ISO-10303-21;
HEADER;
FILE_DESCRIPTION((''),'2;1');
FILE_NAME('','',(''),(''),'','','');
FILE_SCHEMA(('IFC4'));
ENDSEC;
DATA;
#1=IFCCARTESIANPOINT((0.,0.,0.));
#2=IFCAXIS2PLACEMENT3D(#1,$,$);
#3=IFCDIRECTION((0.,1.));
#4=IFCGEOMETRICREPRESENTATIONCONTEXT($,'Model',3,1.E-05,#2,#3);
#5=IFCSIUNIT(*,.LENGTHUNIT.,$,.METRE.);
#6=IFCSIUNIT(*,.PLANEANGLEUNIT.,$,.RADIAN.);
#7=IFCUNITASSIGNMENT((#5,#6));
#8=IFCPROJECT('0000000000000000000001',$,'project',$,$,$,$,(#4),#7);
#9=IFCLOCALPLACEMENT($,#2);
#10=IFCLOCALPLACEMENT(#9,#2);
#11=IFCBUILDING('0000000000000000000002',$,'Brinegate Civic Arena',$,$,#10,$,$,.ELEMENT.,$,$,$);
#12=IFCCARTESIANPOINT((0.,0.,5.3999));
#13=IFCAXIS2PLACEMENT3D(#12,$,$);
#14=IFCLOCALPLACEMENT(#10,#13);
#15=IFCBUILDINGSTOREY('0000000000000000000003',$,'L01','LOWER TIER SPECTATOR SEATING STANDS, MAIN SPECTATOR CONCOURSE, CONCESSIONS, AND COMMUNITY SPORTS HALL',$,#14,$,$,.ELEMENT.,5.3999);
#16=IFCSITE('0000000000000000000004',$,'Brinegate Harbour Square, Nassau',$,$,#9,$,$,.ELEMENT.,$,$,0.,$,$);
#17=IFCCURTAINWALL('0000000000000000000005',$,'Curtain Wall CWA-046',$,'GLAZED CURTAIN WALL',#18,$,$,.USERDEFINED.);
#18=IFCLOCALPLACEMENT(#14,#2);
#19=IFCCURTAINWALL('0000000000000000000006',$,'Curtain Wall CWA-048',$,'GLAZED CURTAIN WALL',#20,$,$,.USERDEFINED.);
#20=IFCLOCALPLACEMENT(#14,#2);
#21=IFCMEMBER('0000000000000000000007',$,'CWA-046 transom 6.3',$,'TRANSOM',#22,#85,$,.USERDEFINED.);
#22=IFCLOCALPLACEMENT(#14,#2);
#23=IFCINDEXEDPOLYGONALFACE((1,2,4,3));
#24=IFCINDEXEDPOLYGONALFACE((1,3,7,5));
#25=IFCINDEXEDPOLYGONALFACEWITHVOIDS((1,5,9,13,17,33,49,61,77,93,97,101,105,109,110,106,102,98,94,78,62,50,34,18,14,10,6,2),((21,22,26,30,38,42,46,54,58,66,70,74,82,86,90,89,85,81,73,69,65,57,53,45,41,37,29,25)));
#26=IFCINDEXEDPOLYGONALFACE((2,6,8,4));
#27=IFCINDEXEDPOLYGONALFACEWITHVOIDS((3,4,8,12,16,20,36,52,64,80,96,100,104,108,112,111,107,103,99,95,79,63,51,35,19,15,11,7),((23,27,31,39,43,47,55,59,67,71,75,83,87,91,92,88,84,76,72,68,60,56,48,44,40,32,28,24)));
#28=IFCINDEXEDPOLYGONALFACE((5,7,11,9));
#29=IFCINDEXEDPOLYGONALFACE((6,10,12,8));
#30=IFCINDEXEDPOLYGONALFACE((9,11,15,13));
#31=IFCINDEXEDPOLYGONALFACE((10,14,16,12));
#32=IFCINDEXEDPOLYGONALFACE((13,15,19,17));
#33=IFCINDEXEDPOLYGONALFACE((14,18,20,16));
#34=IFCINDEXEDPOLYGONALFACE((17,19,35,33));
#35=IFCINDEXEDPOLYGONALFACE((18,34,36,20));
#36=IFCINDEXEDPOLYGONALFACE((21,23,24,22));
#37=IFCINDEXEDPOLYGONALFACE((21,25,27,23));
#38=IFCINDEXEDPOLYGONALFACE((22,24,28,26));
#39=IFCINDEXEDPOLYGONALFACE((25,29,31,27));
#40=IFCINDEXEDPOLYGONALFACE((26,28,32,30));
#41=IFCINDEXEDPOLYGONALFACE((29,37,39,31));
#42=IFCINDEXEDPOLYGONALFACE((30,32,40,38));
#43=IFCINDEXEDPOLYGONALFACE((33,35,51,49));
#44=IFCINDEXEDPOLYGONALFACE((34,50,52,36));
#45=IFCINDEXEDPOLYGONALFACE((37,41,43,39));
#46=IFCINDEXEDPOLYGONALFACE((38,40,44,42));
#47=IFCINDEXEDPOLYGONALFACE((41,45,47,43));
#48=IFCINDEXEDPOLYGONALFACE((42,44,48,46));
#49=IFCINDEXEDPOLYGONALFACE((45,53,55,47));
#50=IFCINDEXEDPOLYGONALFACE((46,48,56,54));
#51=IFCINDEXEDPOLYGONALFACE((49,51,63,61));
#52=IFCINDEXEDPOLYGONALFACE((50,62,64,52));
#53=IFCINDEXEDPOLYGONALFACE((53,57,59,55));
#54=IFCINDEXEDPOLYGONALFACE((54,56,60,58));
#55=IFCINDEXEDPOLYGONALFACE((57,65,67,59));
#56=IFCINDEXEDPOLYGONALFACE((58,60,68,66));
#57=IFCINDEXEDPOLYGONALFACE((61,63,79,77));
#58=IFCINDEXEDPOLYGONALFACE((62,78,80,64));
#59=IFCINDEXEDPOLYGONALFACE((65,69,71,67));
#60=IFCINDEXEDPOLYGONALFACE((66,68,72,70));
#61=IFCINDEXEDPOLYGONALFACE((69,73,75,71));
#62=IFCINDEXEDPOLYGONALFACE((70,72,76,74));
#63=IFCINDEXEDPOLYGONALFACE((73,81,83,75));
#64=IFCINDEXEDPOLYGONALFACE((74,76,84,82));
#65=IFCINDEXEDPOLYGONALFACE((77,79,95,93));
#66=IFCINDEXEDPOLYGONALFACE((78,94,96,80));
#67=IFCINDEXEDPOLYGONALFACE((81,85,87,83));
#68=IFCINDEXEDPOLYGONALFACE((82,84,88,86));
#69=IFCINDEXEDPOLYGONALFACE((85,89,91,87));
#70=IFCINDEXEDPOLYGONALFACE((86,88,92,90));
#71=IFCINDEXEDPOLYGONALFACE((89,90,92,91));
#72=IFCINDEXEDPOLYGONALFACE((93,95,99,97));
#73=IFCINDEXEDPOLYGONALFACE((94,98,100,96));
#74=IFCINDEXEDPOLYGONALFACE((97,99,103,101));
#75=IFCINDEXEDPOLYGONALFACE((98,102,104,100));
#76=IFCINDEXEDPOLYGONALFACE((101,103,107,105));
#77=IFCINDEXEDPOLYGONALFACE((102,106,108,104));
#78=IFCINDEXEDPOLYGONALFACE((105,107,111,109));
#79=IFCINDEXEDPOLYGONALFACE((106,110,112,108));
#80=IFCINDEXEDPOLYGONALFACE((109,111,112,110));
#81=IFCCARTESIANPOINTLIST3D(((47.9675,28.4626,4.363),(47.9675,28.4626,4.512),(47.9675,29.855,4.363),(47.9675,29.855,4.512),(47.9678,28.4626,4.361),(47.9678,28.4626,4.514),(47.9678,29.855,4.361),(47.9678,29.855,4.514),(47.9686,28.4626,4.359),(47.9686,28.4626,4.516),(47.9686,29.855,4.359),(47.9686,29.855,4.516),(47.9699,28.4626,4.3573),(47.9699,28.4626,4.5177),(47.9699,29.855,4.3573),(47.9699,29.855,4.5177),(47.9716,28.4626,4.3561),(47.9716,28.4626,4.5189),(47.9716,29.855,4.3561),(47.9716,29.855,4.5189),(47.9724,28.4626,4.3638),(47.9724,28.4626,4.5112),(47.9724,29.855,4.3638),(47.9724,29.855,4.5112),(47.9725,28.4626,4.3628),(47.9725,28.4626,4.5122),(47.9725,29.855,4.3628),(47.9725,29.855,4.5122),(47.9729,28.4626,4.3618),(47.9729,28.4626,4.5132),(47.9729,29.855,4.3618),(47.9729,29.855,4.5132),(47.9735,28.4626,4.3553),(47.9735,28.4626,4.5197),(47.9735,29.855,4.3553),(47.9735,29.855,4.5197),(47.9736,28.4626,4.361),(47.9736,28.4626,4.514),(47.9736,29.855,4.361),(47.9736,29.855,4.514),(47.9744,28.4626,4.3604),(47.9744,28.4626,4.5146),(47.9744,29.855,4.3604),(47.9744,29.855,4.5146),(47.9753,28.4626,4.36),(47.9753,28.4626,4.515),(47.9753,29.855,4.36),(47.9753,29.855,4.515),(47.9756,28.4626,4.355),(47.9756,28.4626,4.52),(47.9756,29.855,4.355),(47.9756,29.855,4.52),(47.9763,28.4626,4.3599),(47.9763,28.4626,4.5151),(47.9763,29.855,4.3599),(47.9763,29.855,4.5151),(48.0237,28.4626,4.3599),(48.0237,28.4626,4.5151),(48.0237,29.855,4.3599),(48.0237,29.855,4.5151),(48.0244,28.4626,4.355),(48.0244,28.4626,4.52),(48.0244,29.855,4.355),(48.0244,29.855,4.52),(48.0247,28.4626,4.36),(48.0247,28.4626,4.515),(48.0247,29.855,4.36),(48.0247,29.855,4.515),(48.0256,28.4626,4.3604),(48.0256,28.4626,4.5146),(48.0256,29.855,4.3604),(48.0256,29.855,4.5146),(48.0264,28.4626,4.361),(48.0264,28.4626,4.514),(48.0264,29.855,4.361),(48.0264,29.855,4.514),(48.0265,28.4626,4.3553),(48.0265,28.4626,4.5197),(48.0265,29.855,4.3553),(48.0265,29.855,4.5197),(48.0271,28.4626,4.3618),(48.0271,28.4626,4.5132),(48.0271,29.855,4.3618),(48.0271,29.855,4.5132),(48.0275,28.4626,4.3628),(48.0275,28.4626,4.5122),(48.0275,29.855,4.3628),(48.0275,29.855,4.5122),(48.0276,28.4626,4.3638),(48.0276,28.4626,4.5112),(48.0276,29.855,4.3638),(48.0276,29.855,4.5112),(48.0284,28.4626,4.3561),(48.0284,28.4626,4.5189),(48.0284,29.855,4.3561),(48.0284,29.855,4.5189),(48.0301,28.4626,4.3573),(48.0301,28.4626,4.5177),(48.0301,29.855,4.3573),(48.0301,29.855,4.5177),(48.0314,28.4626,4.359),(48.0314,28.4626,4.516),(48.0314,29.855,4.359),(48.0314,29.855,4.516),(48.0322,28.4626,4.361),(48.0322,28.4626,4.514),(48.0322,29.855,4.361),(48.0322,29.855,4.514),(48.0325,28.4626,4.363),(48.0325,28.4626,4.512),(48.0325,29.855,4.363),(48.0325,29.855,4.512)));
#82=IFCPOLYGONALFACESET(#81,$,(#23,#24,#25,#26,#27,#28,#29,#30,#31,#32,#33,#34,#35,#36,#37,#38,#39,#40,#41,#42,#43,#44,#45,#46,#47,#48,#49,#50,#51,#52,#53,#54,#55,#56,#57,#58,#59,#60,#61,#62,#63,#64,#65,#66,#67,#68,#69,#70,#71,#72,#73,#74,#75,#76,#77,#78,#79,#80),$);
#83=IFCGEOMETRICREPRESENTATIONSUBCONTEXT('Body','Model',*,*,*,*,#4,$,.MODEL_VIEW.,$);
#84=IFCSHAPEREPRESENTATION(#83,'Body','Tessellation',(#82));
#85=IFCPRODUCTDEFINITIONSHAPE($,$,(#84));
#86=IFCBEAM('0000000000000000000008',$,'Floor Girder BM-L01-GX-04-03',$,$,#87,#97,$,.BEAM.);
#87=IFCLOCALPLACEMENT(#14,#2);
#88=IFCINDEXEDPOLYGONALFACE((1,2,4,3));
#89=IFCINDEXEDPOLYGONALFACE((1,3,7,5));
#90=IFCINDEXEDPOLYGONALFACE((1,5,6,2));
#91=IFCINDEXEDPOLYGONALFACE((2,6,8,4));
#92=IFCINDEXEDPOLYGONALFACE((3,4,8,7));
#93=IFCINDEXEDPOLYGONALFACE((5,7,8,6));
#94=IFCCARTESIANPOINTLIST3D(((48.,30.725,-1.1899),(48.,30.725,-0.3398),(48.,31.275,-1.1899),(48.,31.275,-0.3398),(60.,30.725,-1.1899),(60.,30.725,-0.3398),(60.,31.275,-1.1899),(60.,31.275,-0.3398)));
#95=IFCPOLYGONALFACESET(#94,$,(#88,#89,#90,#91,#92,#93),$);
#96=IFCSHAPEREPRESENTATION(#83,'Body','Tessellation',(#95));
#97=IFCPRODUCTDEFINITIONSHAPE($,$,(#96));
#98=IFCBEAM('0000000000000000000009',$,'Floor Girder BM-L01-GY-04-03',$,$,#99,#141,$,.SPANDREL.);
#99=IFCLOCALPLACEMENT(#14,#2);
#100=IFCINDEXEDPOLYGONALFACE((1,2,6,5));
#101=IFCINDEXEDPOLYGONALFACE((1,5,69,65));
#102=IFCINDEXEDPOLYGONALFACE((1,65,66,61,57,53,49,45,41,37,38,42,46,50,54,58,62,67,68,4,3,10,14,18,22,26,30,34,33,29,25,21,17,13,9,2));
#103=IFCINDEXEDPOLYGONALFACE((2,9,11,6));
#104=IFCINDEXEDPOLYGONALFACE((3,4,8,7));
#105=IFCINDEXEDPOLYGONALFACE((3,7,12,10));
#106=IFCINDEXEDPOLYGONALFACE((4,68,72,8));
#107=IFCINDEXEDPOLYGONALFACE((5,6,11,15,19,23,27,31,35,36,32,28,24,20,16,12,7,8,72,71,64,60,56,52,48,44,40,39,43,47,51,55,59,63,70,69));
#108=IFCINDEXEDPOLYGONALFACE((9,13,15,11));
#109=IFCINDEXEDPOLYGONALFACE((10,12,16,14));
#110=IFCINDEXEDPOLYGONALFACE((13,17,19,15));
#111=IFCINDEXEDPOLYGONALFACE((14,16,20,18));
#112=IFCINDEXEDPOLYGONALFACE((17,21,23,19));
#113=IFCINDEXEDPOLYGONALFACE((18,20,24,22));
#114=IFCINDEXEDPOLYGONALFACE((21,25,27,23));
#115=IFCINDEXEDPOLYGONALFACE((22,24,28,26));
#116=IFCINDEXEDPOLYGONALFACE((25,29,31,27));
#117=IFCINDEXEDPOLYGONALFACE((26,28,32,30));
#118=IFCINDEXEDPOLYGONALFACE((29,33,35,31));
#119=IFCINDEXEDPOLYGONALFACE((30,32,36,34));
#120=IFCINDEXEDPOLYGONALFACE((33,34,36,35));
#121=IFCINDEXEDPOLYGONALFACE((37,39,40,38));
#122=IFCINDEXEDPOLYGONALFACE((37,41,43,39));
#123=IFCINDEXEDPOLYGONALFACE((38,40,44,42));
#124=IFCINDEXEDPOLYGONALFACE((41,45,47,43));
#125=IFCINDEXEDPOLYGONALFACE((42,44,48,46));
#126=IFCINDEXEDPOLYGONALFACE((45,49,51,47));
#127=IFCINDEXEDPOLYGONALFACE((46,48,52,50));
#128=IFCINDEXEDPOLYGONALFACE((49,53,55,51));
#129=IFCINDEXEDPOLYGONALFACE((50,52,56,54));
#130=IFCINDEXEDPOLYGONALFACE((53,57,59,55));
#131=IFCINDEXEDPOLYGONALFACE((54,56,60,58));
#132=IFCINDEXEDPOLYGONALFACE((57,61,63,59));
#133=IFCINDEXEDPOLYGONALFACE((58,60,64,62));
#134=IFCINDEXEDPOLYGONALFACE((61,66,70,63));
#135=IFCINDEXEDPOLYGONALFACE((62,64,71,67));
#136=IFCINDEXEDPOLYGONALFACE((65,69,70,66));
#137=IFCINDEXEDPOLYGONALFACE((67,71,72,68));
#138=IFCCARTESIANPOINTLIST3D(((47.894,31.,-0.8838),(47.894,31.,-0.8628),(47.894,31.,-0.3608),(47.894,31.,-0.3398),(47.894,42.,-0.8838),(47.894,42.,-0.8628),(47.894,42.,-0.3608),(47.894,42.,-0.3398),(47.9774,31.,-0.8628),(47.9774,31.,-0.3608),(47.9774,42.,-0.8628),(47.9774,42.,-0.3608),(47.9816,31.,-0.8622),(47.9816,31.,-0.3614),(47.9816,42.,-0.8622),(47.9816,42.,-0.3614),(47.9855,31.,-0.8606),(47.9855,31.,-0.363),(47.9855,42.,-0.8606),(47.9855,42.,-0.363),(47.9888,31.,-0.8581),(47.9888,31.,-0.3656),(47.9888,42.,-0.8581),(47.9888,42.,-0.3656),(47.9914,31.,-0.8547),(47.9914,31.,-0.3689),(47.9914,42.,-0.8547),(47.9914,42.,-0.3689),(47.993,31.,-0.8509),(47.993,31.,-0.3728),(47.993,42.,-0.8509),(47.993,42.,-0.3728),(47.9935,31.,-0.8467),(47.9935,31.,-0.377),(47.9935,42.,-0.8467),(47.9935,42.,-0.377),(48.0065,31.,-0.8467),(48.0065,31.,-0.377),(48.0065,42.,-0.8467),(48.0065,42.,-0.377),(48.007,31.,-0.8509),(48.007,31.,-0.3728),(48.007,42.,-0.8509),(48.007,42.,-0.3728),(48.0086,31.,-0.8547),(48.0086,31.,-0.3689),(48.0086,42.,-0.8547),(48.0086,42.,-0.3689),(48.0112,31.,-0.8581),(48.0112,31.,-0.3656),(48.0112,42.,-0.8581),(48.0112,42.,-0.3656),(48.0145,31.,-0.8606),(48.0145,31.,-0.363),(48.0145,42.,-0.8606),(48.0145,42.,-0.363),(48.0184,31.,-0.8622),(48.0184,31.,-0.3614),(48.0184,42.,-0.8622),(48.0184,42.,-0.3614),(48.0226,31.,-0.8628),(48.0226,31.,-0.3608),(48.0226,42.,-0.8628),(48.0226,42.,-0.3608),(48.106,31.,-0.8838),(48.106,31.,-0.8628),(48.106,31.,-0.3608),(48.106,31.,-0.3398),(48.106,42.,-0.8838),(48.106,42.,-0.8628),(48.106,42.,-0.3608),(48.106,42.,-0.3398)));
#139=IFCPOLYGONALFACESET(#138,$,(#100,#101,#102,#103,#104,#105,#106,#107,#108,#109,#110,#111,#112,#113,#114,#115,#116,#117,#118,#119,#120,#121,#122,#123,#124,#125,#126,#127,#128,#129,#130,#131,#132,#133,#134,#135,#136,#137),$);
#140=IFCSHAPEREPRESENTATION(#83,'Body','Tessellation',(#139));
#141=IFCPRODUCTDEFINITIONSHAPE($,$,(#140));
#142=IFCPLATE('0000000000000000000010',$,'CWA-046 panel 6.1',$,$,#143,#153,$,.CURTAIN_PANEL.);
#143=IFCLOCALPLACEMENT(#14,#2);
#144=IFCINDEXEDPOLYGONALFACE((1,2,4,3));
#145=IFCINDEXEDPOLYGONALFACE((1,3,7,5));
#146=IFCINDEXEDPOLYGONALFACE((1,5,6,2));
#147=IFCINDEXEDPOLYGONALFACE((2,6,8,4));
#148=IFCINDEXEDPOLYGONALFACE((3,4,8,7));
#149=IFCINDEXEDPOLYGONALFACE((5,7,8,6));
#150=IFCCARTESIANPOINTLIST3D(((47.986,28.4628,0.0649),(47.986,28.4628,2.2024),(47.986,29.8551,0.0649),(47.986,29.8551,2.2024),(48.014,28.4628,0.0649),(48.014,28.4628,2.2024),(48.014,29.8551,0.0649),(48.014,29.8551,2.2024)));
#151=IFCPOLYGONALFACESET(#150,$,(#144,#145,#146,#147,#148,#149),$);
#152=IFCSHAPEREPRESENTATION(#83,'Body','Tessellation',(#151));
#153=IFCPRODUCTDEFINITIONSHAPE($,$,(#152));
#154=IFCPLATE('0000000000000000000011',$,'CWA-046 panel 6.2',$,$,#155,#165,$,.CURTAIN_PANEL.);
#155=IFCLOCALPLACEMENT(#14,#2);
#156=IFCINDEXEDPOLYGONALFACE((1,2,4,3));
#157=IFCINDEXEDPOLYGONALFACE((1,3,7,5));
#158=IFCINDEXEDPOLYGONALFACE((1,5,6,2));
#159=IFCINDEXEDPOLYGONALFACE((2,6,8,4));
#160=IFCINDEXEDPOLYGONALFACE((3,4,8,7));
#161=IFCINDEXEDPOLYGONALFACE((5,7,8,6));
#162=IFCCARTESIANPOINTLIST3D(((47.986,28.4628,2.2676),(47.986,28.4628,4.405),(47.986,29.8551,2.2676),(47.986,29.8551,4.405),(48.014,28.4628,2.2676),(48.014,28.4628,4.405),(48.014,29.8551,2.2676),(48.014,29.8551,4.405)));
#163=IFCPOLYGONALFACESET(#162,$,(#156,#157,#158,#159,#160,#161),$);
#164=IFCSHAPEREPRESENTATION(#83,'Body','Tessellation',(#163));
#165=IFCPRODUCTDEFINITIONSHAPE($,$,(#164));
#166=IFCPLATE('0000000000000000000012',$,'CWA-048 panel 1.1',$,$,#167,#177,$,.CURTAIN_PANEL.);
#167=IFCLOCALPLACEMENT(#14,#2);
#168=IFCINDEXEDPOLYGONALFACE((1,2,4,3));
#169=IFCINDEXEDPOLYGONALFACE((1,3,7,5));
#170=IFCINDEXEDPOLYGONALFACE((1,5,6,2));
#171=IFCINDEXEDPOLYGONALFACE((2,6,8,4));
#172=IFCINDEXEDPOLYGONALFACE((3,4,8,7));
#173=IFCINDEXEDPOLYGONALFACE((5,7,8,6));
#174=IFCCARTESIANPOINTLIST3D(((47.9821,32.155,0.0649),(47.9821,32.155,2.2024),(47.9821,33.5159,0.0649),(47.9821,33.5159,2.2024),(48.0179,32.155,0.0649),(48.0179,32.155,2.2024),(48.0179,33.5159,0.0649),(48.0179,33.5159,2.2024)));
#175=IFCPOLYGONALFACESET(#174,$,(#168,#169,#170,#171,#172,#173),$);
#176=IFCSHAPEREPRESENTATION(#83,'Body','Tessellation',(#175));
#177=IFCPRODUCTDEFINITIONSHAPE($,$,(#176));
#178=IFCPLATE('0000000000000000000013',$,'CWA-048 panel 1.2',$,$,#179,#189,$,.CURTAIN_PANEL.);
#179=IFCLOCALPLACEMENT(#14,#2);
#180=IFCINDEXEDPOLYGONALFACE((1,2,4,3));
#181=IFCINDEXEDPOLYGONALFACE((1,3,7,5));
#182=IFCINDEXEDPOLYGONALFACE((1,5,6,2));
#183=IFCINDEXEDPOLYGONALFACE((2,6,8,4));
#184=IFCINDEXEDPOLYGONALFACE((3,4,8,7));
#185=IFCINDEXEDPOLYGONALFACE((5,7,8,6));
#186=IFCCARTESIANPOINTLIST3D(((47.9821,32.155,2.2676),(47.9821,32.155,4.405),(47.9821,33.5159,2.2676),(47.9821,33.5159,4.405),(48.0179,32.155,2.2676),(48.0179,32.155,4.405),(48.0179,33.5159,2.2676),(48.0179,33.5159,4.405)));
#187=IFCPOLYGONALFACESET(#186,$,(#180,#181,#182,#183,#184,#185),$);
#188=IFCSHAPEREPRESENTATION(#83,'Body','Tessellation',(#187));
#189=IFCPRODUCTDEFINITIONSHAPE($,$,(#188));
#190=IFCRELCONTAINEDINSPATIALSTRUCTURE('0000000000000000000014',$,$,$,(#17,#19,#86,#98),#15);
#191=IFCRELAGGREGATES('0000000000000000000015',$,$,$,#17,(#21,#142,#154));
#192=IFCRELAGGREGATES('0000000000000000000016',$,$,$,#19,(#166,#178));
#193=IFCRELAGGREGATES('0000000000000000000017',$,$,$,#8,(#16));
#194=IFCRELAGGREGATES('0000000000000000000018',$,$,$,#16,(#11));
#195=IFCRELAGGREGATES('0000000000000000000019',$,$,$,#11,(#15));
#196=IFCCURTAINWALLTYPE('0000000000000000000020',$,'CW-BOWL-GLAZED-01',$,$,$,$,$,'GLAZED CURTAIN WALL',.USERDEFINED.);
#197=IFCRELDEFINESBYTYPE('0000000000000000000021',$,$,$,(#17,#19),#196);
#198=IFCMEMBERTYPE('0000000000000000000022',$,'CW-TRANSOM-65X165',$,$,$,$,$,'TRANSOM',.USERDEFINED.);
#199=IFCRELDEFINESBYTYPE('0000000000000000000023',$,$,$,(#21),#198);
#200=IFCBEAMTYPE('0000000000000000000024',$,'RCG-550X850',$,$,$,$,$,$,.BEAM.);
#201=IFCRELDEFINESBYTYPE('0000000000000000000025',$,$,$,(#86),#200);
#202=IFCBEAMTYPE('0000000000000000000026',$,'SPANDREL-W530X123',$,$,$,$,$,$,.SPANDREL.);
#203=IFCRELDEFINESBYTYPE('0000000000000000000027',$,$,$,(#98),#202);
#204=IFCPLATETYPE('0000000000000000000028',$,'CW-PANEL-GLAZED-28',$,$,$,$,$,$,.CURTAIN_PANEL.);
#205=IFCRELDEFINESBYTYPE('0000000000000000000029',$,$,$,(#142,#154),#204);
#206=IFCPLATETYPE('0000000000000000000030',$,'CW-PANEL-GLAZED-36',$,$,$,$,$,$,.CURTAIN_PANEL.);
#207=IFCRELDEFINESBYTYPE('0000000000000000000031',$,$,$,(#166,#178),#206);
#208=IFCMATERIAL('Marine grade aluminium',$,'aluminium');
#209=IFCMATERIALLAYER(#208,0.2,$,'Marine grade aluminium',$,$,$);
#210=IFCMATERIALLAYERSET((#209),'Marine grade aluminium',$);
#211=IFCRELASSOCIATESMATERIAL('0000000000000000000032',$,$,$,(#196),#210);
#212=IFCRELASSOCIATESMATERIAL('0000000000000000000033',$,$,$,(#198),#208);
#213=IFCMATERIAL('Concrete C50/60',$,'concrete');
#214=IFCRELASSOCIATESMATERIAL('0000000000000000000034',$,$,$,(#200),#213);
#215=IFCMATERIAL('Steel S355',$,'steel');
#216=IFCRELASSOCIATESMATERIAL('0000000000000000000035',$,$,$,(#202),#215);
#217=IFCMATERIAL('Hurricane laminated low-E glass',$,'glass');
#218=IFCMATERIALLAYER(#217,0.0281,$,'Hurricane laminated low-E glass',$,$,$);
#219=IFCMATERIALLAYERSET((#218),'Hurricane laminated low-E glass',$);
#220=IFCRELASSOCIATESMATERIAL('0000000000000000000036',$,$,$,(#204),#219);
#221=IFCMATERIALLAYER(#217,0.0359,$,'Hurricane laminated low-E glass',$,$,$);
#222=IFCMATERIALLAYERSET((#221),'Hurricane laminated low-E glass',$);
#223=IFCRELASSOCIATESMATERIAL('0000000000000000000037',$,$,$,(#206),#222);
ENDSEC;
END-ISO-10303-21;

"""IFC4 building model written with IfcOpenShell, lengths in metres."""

from ifc_helpers import new_model, si_unit, direction, frame, origin, origin_2d, place, context, subcontext, project, spatial, rectangle, hollow_rectangle, i_section, extrude, material, layer, layer_set, material_profile, profile_set, type_object, element, aggregate, save


model = new_model("IFC4")

# Units and contexts
model_context = context("Model", 3, precision=1e-05, world=origin(), true_north=direction((0.0, 1.0)))
body_context = subcontext(model_context, "Body", "Model", "MODEL_VIEW")
ifc_project = project(units=[si_unit("LENGTHUNIT", "METRE"), si_unit("PLANEANGLEUNIT", "RADIAN")], contexts=[model_context])

# Site, building, storey
site_placement = place(None, origin())
site = spatial("IfcSite", under=ifc_project, at=site_placement, Name="Brinegate Harbour Square, Nassau", CompositionType="ELEMENT", RefElevation=0.0)
building_placement = place(site_placement, origin())
building = spatial("IfcBuilding", under=site, at=building_placement, Name="Brinegate Civic Arena", CompositionType="ELEMENT")
storey_placement = place(building_placement, frame((0.0, 0.0, 5.3999)))
storey = spatial("IfcBuildingStorey", under=building, at=storey_placement, Name="L01", Description="LOWER TIER SPECTATOR SEATING STANDS, MAIN SPECTATOR CONCOURSE, CONCESSIONS, AND COMMUNITY SPORTS HALL", CompositionType="ELEMENT", Elevation=5.3999)

# Shared definitions
ifc_material_1 = material(Name="Concrete C50/60", Category="concrete")

# Curtain walls
ifc_material_2 = material(Name="Marine grade aluminium", Category="aluminium")
ifc_layer_1 = layer(ifc_material_2, 0.2, Name="Marine grade aluminium")
ifc_layer_set_1 = layer_set([ifc_layer_1], Name="Marine grade aluminium")
curtain_wall_type = type_object("IfcCurtainWallType", Name="CW-BOWL-GLAZED-01", ElementType="GLAZED CURTAIN WALL", PredefinedType="USERDEFINED", material=ifc_layer_set_1)
curtain_wall_1_placement = place(storey_placement, origin())
curtain_wall_1 = element("IfcCurtainWall", 1, at=curtain_wall_1_placement, inside=storey, type_object=curtain_wall_type, Name="Curtain Wall CWA-046", ObjectType="GLAZED CURTAIN WALL", PredefinedType="USERDEFINED")
curtain_wall_2_placement = place(storey_placement, origin())
curtain_wall_2 = element("IfcCurtainWall", 2, at=curtain_wall_2_placement, inside=storey, type_object=curtain_wall_type, Name="Curtain Wall CWA-048", ObjectType="GLAZED CURTAIN WALL", PredefinedType="USERDEFINED")

# Member
ifc_material_profile_1 = material_profile(ifc_material_2, hollow_rectangle(XDim=0.0649, YDim=0.165, WallThickness=0.0049, InnerFilletRadius=0.0039, OuterFilletRadius=0.0081, at=origin_2d()), Name="TRN65X165")
ifc_profile_set_1 = profile_set([ifc_material_profile_1], Name="Marine grade aluminium")
member_type_1 = type_object("IfcMemberType", Name="CW-TRANSOM-65X165", ElementType="TRANSOM", PredefinedType="USERDEFINED", material=ifc_profile_set_1)
member_1_placement = place(storey_placement, frame((48.0, 28.4626, 4.4375), z_axis=(0.0, 1.0, 0.0), x_axis=(-1.0, 0.0, 0.0)))
member_1 = element("IfcMember", 3, at=member_1_placement, type_object=member_type_1, Name="CWA-046 transom 6.3", ObjectType="TRANSOM", PredefinedType="USERDEFINED", context=body_context, shape_type="SweptSolid", body=[
    extrude(hollow_rectangle(XDim=0.0649, YDim=0.165, WallThickness=0.0049, InnerFilletRadius=0.0039, OuterFilletRadius=0.0081, at=origin_2d()), origin(), (0.0, 0.0, 1.0), 1.3923),
])

# Beams
ifc_material_profile_2 = material_profile(ifc_material_1, rectangle(XDim=0.55, YDim=0.8501, at=origin_2d()), Name="RCB550X850")
ifc_profile_set_2 = profile_set([ifc_material_profile_2], Name="Concrete C50/60")
beam_type_1 = type_object("IfcBeamType", Name="RCG-550X850", PredefinedType="BEAM", material=ifc_profile_set_2)
beam_1_placement = place(storey_placement, frame((48.0, 31.0, -0.7649), z_axis=(1.0, 0.0, 0.0), x_axis=(0.0, 1.0, 0.0)))
element("IfcBeam", 4, at=beam_1_placement, inside=storey, type_object=beam_type_1, Name="Floor Girder BM-L01-GX-04-03", PredefinedType="BEAM", context=body_context, shape_type="SweptSolid", body=[
    extrude(rectangle(XDim=0.55, YDim=0.8501, at=origin_2d()), origin(), (0.0, 0.0, 1.0), 12.0),
])
ifc_material_3 = material(Name="Steel S355", Category="steel")
ifc_material_profile_3 = material_profile(ifc_material_3, i_section(OverallWidth=0.2119, OverallDepth=0.5439, WebThickness=0.0129, FlangeThickness=0.021, FilletRadius=0.0161, at=origin_2d()), Name="W530X123")
ifc_profile_set_3 = profile_set([ifc_material_profile_3], Name="Steel S355")
beam_type_2 = type_object("IfcBeamType", Name="SPANDREL-W530X123", PredefinedType="SPANDREL", material=ifc_profile_set_3)
beam_2_placement = place(storey_placement, frame((48.0, 31.0, -0.6118), z_axis=(0.0, 1.0, 0.0), x_axis=(-1.0, 0.0, 0.0)))
element("IfcBeam", 5, at=beam_2_placement, inside=storey, type_object=beam_type_2, Name="Floor Girder BM-L01-GY-04-03", PredefinedType="SPANDREL", context=body_context, shape_type="SweptSolid", body=[
    extrude(i_section(OverallWidth=0.2119, OverallDepth=0.5439, WebThickness=0.0129, FlangeThickness=0.021, FilletRadius=0.0161, at=origin_2d()), origin(), (0.0, 0.0, 1.0), 11.0),
])

# Plates
ifc_material_4 = material(Name="Hurricane laminated low-E glass", Category="glass")
ifc_layer_2 = layer(ifc_material_4, 0.0281, Name="Hurricane laminated low-E glass")
ifc_layer_set_2 = layer_set([ifc_layer_2], Name="Hurricane laminated low-E glass")
plate_type_1 = type_object("IfcPlateType", Name="CW-PANEL-GLAZED-28", PredefinedType="CURTAIN_PANEL", material=ifc_layer_set_2)
plate_1_placement = place(storey_placement, frame((48.0, 29.1589, 0.0649), z_axis=(0.0, 0.0, 1.0), x_axis=(0.0, 1.0, 0.0)))
plate_1 = element("IfcPlate", 6, at=plate_1_placement, type_object=plate_type_1, Name="CWA-046 panel 6.1", PredefinedType="CURTAIN_PANEL", context=body_context, shape_type="SweptSolid", body=[
    extrude(rectangle(XDim=1.3923, YDim=0.0281, at=origin_2d()), origin(), (0.0, 0.0, 1.0), 2.1375),
])
plate_2_placement = place(storey_placement, frame((48.0, 29.1589, 2.2676), z_axis=(0.0, 0.0, 1.0), x_axis=(0.0, 1.0, 0.0)))
plate_2 = element("IfcPlate", 7, at=plate_2_placement, type_object=plate_type_1, Name="CWA-046 panel 6.2", PredefinedType="CURTAIN_PANEL", context=body_context, shape_type="SweptSolid", body=[
    extrude(rectangle(XDim=1.3923, YDim=0.0281, at=origin_2d()), origin(), (0.0, 0.0, 1.0), 2.1375),
])
aggregate(curtain_wall_1, [member_1, plate_1, plate_2])
ifc_layer_3 = layer(ifc_material_4, 0.0359, Name="Hurricane laminated low-E glass")
ifc_layer_set_3 = layer_set([ifc_layer_3], Name="Hurricane laminated low-E glass")
plate_type_2 = type_object("IfcPlateType", Name="CW-PANEL-GLAZED-36", PredefinedType="CURTAIN_PANEL", material=ifc_layer_set_3)
plate_3_placement = place(storey_placement, frame((48.0, 32.8354, 0.0649), z_axis=(0.0, 0.0, 1.0), x_axis=(0.0, 1.0, 0.0)))
plate_3 = element("IfcPlate", 8, at=plate_3_placement, type_object=plate_type_2, Name="CWA-048 panel 1.1", PredefinedType="CURTAIN_PANEL", context=body_context, shape_type="SweptSolid", body=[
    extrude(rectangle(XDim=1.3608, YDim=0.0359, at=origin_2d()), origin(), (0.0, 0.0, 1.0), 2.1375),
])
plate_4_placement = place(storey_placement, frame((48.0, 32.8354, 2.2676), z_axis=(0.0, 0.0, 1.0), x_axis=(0.0, 1.0, 0.0)))
plate_4 = element("IfcPlate", 9, at=plate_4_placement, type_object=plate_type_2, Name="CWA-048 panel 1.2", PredefinedType="CURTAIN_PANEL", context=body_context, shape_type="SweptSolid", body=[
    extrude(rectangle(XDim=1.3608, YDim=0.0359, at=origin_2d()), origin(), (0.0, 0.0, 1.0), 2.1375),
])
aggregate(curtain_wall_2, [plate_3, plate_4])

save(model, "model.ifc")
